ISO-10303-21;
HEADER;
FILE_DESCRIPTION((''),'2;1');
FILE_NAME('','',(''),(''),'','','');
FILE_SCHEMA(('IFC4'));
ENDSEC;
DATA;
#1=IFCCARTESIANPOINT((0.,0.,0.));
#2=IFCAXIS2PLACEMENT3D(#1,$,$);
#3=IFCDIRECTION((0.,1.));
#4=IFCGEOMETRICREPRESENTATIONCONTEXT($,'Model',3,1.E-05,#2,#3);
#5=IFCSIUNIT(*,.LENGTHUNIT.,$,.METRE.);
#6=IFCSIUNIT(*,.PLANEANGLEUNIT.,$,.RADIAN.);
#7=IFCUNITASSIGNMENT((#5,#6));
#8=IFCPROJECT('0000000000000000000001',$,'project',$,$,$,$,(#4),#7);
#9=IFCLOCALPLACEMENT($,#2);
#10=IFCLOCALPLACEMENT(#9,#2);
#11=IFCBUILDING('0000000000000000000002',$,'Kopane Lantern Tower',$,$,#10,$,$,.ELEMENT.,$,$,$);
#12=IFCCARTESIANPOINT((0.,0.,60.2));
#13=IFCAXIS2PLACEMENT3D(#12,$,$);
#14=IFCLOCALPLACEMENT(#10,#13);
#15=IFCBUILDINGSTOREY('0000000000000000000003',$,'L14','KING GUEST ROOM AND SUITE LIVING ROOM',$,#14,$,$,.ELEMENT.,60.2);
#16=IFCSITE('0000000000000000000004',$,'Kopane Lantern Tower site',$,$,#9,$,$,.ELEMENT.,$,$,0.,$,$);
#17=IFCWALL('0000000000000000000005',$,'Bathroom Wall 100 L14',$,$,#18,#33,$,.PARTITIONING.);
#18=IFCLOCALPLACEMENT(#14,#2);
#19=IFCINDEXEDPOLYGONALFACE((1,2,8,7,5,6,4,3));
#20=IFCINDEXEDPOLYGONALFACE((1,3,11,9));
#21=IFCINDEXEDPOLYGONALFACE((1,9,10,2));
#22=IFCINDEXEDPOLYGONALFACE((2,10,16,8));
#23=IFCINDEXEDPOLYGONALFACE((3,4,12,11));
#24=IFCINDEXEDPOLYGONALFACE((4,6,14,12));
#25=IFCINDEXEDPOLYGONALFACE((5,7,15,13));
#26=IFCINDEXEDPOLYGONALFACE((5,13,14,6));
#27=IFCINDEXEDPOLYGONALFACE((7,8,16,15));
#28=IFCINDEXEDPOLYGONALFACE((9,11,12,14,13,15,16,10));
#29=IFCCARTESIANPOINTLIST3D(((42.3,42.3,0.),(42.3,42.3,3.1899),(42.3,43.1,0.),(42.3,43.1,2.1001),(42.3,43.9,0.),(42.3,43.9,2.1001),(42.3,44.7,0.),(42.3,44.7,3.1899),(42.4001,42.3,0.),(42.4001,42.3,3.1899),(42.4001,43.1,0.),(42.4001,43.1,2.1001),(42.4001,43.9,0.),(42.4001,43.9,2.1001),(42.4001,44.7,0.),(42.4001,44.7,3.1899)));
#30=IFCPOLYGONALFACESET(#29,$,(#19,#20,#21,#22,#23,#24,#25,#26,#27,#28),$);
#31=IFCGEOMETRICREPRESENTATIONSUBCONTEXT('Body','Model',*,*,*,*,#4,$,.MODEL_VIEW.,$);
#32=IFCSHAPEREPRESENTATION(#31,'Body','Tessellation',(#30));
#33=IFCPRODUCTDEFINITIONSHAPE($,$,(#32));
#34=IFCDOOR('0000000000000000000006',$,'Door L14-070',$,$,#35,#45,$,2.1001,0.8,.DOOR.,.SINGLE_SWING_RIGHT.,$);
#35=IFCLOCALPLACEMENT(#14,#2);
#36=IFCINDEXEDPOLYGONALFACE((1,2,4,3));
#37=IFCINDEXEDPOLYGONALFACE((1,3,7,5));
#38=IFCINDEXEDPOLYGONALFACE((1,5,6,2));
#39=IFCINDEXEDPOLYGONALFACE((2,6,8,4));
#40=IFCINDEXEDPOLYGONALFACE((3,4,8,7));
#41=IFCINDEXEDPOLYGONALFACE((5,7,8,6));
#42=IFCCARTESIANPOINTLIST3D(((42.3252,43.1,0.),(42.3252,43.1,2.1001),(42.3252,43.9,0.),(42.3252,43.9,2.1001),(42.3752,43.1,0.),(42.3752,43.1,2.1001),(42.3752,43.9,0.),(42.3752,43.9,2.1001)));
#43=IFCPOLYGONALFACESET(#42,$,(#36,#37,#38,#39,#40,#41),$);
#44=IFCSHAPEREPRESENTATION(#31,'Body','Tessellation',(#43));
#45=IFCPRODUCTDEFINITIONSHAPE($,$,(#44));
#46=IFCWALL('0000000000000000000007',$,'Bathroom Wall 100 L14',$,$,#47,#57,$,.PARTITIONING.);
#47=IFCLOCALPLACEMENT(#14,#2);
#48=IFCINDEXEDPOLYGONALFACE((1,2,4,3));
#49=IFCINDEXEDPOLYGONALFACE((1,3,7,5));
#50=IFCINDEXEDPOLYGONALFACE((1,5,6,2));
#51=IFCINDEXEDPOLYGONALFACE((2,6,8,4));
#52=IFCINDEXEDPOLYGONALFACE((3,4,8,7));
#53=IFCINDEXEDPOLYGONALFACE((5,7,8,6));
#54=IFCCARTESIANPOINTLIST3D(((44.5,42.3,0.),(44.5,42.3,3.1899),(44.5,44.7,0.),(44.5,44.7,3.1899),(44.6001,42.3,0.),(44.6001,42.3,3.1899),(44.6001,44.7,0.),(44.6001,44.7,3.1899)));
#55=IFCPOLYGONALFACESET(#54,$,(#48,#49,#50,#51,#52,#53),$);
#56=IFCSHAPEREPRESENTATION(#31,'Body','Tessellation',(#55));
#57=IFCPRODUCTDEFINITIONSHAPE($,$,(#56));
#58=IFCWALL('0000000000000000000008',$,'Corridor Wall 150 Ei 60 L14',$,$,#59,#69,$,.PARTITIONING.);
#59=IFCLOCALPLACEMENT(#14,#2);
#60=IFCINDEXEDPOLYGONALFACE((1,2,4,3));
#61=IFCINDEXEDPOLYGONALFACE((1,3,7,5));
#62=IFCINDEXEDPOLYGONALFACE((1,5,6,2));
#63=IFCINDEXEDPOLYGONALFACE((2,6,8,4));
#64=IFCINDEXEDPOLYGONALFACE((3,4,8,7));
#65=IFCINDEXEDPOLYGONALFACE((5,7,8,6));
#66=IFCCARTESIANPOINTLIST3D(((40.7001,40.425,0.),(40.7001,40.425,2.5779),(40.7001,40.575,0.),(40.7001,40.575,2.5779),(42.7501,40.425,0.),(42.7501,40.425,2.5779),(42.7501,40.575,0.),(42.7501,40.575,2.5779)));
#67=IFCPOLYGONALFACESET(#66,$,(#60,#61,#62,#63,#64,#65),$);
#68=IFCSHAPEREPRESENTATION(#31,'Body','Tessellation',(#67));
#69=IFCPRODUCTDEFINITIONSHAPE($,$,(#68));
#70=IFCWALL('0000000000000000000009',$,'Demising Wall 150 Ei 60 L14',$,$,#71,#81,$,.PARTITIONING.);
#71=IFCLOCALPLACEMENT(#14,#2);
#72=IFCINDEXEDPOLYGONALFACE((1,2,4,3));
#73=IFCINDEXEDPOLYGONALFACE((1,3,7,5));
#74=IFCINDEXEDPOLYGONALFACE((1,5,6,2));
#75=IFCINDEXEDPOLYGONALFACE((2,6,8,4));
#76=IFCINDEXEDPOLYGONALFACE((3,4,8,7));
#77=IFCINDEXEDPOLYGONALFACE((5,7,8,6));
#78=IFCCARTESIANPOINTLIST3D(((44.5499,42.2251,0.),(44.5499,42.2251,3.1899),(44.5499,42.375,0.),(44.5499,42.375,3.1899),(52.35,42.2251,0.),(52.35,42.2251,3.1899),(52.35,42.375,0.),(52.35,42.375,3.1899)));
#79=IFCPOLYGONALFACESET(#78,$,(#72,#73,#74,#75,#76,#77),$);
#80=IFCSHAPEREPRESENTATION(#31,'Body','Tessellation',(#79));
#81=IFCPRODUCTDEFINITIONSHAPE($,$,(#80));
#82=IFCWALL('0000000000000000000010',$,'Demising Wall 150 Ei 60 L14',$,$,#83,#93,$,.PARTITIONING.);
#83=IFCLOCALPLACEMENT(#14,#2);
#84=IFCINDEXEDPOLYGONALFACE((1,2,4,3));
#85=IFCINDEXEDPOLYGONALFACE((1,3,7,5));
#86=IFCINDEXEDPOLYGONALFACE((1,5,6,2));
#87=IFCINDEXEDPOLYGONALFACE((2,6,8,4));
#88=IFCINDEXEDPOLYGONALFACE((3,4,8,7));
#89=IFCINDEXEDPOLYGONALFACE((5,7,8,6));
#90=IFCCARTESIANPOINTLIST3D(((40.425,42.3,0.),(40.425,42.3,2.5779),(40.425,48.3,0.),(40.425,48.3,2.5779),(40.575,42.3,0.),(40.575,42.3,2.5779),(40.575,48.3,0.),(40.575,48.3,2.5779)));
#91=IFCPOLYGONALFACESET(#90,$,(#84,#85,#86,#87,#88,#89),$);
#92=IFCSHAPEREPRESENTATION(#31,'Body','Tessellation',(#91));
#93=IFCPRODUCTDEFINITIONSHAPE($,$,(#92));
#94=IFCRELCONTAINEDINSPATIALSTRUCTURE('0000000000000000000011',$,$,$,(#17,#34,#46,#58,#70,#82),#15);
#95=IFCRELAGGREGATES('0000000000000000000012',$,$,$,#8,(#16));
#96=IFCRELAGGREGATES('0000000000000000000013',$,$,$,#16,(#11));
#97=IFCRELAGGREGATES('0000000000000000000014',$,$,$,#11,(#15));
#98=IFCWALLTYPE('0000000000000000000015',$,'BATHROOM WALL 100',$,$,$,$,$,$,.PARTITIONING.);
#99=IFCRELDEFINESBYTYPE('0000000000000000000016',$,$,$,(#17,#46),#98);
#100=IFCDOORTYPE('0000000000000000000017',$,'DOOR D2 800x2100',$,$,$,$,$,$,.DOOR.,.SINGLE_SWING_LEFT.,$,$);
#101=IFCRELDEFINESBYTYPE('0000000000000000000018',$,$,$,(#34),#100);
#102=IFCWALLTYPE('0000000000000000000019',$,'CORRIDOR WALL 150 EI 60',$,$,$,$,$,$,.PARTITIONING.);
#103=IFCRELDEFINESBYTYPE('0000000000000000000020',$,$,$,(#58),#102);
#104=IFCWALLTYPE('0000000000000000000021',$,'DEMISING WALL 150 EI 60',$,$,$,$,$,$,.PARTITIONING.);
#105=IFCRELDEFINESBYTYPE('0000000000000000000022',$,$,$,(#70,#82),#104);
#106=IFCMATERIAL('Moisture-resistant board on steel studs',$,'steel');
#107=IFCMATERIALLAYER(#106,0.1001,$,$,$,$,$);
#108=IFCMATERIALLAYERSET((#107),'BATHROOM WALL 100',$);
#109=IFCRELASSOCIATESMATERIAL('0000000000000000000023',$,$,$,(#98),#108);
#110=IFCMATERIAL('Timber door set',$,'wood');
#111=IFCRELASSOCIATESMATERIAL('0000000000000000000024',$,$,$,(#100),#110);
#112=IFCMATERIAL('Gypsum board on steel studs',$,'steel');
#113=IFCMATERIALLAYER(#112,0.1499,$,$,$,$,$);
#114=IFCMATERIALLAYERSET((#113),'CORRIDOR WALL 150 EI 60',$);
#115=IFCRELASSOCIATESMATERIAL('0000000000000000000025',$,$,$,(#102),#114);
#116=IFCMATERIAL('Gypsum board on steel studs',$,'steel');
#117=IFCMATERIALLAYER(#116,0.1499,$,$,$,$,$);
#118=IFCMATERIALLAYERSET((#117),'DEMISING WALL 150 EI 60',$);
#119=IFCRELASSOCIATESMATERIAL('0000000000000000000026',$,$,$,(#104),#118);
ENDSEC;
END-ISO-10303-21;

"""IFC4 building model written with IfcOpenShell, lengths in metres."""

from ifc_helpers import new_model, si_unit, direction, frame, frame_2d, origin, place, context, subcontext, project, spatial, rectangle, extrude, material, layer, layer_set, type_object, element, fill, save


model = new_model("IFC4")

# Units and contexts
model_context = context("Model", 3, precision=1e-05, world=origin(), true_north=direction((0.0, 1.0)))
body_context = subcontext(model_context, "Body", "Model", "MODEL_VIEW")
ifc_project = project(units=[si_unit("LENGTHUNIT", "METRE"), si_unit("PLANEANGLEUNIT", "RADIAN")], contexts=[model_context])

# Site, building, storey
site_placement = place(None, origin())
site = spatial("IfcSite", under=ifc_project, at=site_placement, Name="Kopane Lantern Tower site", CompositionType="ELEMENT", RefElevation=0.0)
building_placement = place(site_placement, origin())
building = spatial("IfcBuilding", under=site, at=building_placement, Name="Kopane Lantern Tower", CompositionType="ELEMENT")
storey_placement = place(building_placement, frame((0.0, 0.0, 60.2)))
storey = spatial("IfcBuildingStorey", under=building, at=storey_placement, Name="L14", Description="KING GUEST ROOM AND SUITE LIVING ROOM", CompositionType="ELEMENT", Elevation=60.2)

# Wall, opening, door
ifc_material_1 = material(Name="Moisture-resistant board on steel studs", Category="steel")
ifc_layer_1 = layer(ifc_material_1, 0.1001)
ifc_layer_set_1 = layer_set([ifc_layer_1], Name="BATHROOM WALL 100")
wall_type_1 = type_object("IfcWallType", Name="BATHROOM WALL 100", PredefinedType="PARTITIONING", material=ifc_layer_set_1)
wall_1_placement = place(storey_placement, frame((42.3501, 42.3, 0.0), z_axis=(0.0, 0.0, 1.0), x_axis=(0.0, 1.0, 0.0)))
wall_1 = element("IfcWall", 1, at=wall_1_placement, inside=storey, type_object=wall_type_1, Name="Bathroom Wall 100 L14", PredefinedType="PARTITIONING", context=body_context, shape_type="SweptSolid", body=[
    extrude(rectangle(XDim=2.3999, YDim=0.1001, at=frame_2d((1.2, 0.0))), origin(), (0.0, 0.0, 1.0), 3.1899),
])
opening_1_placement = place(wall_1_placement, frame((0.8, 0.0, 0.0)))
opening_1 = element("IfcOpeningElement", 2, at=opening_1_placement, cuts=wall_1, PredefinedType="OPENING", context=body_context, shape_type="SweptSolid", body=[
    extrude(rectangle(XDim=0.8, YDim=2.1001, at=frame_2d((0.3999, 1.05))), frame((0.0, 0.0601, 0.0), z_axis=(0.0, -1.0, 0.0), x_axis=(1.0, 0.0, 0.0)), (0.0, 0.0, 1.0), 0.1201),
])
ifc_material_2 = material(Name="Timber door set", Category="wood")
door_type_1 = type_object("IfcDoorType", Name="DOOR D2 800x2100", OperationType="SINGLE_SWING_LEFT", PredefinedType="DOOR", material=ifc_material_2)
door_1_placement = place(opening_1_placement, origin())
door_1 = element("IfcDoor", 3, at=door_1_placement, inside=storey, type_object=door_type_1, Name="Door L14-070", OperationType="SINGLE_SWING_RIGHT", OverallHeight=2.1001, OverallWidth=0.8, PredefinedType="DOOR", context=body_context, shape_type="SweptSolid", body=[
    extrude(rectangle(XDim=0.8, YDim=2.1001, at=frame_2d((0.3999, 1.05))), frame((0.0, 0.0249, 0.0), z_axis=(0.0, -1.0, 0.0), x_axis=(1.0, 0.0, 0.0)), (0.0, 0.0, 1.0), 0.05),
])
fill(opening_1, door_1)

# Walls
wall_2_placement = place(storey_placement, frame((44.55, 42.3, 0.0), z_axis=(0.0, 0.0, 1.0), x_axis=(0.0, 1.0, 0.0)))
element("IfcWall", 4, at=wall_2_placement, inside=storey, type_object=wall_type_1, Name="Bathroom Wall 100 L14", PredefinedType="PARTITIONING", context=body_context, shape_type="SweptSolid", body=[
    extrude(rectangle(XDim=2.3999, YDim=0.1001, at=frame_2d((1.2, 0.0))), origin(), (0.0, 0.0, 1.0), 3.1899),
])
ifc_material_3 = material(Name="Gypsum board on steel studs", Category="steel")
ifc_layer_2 = layer(ifc_material_3, 0.1499)
ifc_layer_set_2 = layer_set([ifc_layer_2], Name="CORRIDOR WALL 150 EI 60")
wall_type_2 = type_object("IfcWallType", Name="CORRIDOR WALL 150 EI 60", PredefinedType="PARTITIONING", material=ifc_layer_set_2)
wall_3_placement = place(storey_placement, frame((42.75, 40.5, 0.0), z_axis=(0.0, 0.0, 1.0), x_axis=(-1.0, 0.0, 0.0)))
element("IfcWall", 5, at=wall_3_placement, inside=storey, type_object=wall_type_2, Name="Corridor Wall 150 Ei 60 L14", PredefinedType="PARTITIONING", context=body_context, shape_type="SweptSolid", body=[
    extrude(rectangle(XDim=2.05, YDim=0.1499, at=frame_2d((1.0249, 0.0))), origin(), (0.0, 0.0, 1.0), 2.5779),
])
ifc_material_4 = material(Name="Gypsum board on steel studs", Category="steel")
ifc_layer_3 = layer(ifc_material_4, 0.1499)
ifc_layer_set_3 = layer_set([ifc_layer_3], Name="DEMISING WALL 150 EI 60")
wall_type_3 = type_object("IfcWallType", Name="DEMISING WALL 150 EI 60", PredefinedType="PARTITIONING", material=ifc_layer_set_3)
wall_4_placement = place(storey_placement, frame((44.55, 42.3, 0.0), z_axis=(0.0, 0.0, 1.0), x_axis=(1.0, 0.0, 0.0)))
element("IfcWall", 6, at=wall_4_placement, inside=storey, type_object=wall_type_3, Name="Demising Wall 150 Ei 60 L14", PredefinedType="PARTITIONING", context=body_context, shape_type="SweptSolid", body=[
    extrude(rectangle(XDim=7.8, YDim=0.1499, at=frame_2d((3.8999, 0.0))), origin(), (0.0, 0.0, 1.0), 3.1899),
])
wall_5_placement = place(storey_placement, frame((40.5, 42.3, 0.0), z_axis=(0.0, 0.0, 1.0), x_axis=(0.0, 1.0, 0.0)))
element("IfcWall", 7, at=wall_5_placement, inside=storey, type_object=wall_type_3, Name="Demising Wall 150 Ei 60 L14", PredefinedType="PARTITIONING", context=body_context, shape_type="SweptSolid", body=[
    extrude(rectangle(XDim=6.0, YDim=0.1499, at=frame_2d((3.0, 0.0))), origin(), (0.0, 0.0, 1.0), 2.5779),
])

save(model, "model.ifc")
